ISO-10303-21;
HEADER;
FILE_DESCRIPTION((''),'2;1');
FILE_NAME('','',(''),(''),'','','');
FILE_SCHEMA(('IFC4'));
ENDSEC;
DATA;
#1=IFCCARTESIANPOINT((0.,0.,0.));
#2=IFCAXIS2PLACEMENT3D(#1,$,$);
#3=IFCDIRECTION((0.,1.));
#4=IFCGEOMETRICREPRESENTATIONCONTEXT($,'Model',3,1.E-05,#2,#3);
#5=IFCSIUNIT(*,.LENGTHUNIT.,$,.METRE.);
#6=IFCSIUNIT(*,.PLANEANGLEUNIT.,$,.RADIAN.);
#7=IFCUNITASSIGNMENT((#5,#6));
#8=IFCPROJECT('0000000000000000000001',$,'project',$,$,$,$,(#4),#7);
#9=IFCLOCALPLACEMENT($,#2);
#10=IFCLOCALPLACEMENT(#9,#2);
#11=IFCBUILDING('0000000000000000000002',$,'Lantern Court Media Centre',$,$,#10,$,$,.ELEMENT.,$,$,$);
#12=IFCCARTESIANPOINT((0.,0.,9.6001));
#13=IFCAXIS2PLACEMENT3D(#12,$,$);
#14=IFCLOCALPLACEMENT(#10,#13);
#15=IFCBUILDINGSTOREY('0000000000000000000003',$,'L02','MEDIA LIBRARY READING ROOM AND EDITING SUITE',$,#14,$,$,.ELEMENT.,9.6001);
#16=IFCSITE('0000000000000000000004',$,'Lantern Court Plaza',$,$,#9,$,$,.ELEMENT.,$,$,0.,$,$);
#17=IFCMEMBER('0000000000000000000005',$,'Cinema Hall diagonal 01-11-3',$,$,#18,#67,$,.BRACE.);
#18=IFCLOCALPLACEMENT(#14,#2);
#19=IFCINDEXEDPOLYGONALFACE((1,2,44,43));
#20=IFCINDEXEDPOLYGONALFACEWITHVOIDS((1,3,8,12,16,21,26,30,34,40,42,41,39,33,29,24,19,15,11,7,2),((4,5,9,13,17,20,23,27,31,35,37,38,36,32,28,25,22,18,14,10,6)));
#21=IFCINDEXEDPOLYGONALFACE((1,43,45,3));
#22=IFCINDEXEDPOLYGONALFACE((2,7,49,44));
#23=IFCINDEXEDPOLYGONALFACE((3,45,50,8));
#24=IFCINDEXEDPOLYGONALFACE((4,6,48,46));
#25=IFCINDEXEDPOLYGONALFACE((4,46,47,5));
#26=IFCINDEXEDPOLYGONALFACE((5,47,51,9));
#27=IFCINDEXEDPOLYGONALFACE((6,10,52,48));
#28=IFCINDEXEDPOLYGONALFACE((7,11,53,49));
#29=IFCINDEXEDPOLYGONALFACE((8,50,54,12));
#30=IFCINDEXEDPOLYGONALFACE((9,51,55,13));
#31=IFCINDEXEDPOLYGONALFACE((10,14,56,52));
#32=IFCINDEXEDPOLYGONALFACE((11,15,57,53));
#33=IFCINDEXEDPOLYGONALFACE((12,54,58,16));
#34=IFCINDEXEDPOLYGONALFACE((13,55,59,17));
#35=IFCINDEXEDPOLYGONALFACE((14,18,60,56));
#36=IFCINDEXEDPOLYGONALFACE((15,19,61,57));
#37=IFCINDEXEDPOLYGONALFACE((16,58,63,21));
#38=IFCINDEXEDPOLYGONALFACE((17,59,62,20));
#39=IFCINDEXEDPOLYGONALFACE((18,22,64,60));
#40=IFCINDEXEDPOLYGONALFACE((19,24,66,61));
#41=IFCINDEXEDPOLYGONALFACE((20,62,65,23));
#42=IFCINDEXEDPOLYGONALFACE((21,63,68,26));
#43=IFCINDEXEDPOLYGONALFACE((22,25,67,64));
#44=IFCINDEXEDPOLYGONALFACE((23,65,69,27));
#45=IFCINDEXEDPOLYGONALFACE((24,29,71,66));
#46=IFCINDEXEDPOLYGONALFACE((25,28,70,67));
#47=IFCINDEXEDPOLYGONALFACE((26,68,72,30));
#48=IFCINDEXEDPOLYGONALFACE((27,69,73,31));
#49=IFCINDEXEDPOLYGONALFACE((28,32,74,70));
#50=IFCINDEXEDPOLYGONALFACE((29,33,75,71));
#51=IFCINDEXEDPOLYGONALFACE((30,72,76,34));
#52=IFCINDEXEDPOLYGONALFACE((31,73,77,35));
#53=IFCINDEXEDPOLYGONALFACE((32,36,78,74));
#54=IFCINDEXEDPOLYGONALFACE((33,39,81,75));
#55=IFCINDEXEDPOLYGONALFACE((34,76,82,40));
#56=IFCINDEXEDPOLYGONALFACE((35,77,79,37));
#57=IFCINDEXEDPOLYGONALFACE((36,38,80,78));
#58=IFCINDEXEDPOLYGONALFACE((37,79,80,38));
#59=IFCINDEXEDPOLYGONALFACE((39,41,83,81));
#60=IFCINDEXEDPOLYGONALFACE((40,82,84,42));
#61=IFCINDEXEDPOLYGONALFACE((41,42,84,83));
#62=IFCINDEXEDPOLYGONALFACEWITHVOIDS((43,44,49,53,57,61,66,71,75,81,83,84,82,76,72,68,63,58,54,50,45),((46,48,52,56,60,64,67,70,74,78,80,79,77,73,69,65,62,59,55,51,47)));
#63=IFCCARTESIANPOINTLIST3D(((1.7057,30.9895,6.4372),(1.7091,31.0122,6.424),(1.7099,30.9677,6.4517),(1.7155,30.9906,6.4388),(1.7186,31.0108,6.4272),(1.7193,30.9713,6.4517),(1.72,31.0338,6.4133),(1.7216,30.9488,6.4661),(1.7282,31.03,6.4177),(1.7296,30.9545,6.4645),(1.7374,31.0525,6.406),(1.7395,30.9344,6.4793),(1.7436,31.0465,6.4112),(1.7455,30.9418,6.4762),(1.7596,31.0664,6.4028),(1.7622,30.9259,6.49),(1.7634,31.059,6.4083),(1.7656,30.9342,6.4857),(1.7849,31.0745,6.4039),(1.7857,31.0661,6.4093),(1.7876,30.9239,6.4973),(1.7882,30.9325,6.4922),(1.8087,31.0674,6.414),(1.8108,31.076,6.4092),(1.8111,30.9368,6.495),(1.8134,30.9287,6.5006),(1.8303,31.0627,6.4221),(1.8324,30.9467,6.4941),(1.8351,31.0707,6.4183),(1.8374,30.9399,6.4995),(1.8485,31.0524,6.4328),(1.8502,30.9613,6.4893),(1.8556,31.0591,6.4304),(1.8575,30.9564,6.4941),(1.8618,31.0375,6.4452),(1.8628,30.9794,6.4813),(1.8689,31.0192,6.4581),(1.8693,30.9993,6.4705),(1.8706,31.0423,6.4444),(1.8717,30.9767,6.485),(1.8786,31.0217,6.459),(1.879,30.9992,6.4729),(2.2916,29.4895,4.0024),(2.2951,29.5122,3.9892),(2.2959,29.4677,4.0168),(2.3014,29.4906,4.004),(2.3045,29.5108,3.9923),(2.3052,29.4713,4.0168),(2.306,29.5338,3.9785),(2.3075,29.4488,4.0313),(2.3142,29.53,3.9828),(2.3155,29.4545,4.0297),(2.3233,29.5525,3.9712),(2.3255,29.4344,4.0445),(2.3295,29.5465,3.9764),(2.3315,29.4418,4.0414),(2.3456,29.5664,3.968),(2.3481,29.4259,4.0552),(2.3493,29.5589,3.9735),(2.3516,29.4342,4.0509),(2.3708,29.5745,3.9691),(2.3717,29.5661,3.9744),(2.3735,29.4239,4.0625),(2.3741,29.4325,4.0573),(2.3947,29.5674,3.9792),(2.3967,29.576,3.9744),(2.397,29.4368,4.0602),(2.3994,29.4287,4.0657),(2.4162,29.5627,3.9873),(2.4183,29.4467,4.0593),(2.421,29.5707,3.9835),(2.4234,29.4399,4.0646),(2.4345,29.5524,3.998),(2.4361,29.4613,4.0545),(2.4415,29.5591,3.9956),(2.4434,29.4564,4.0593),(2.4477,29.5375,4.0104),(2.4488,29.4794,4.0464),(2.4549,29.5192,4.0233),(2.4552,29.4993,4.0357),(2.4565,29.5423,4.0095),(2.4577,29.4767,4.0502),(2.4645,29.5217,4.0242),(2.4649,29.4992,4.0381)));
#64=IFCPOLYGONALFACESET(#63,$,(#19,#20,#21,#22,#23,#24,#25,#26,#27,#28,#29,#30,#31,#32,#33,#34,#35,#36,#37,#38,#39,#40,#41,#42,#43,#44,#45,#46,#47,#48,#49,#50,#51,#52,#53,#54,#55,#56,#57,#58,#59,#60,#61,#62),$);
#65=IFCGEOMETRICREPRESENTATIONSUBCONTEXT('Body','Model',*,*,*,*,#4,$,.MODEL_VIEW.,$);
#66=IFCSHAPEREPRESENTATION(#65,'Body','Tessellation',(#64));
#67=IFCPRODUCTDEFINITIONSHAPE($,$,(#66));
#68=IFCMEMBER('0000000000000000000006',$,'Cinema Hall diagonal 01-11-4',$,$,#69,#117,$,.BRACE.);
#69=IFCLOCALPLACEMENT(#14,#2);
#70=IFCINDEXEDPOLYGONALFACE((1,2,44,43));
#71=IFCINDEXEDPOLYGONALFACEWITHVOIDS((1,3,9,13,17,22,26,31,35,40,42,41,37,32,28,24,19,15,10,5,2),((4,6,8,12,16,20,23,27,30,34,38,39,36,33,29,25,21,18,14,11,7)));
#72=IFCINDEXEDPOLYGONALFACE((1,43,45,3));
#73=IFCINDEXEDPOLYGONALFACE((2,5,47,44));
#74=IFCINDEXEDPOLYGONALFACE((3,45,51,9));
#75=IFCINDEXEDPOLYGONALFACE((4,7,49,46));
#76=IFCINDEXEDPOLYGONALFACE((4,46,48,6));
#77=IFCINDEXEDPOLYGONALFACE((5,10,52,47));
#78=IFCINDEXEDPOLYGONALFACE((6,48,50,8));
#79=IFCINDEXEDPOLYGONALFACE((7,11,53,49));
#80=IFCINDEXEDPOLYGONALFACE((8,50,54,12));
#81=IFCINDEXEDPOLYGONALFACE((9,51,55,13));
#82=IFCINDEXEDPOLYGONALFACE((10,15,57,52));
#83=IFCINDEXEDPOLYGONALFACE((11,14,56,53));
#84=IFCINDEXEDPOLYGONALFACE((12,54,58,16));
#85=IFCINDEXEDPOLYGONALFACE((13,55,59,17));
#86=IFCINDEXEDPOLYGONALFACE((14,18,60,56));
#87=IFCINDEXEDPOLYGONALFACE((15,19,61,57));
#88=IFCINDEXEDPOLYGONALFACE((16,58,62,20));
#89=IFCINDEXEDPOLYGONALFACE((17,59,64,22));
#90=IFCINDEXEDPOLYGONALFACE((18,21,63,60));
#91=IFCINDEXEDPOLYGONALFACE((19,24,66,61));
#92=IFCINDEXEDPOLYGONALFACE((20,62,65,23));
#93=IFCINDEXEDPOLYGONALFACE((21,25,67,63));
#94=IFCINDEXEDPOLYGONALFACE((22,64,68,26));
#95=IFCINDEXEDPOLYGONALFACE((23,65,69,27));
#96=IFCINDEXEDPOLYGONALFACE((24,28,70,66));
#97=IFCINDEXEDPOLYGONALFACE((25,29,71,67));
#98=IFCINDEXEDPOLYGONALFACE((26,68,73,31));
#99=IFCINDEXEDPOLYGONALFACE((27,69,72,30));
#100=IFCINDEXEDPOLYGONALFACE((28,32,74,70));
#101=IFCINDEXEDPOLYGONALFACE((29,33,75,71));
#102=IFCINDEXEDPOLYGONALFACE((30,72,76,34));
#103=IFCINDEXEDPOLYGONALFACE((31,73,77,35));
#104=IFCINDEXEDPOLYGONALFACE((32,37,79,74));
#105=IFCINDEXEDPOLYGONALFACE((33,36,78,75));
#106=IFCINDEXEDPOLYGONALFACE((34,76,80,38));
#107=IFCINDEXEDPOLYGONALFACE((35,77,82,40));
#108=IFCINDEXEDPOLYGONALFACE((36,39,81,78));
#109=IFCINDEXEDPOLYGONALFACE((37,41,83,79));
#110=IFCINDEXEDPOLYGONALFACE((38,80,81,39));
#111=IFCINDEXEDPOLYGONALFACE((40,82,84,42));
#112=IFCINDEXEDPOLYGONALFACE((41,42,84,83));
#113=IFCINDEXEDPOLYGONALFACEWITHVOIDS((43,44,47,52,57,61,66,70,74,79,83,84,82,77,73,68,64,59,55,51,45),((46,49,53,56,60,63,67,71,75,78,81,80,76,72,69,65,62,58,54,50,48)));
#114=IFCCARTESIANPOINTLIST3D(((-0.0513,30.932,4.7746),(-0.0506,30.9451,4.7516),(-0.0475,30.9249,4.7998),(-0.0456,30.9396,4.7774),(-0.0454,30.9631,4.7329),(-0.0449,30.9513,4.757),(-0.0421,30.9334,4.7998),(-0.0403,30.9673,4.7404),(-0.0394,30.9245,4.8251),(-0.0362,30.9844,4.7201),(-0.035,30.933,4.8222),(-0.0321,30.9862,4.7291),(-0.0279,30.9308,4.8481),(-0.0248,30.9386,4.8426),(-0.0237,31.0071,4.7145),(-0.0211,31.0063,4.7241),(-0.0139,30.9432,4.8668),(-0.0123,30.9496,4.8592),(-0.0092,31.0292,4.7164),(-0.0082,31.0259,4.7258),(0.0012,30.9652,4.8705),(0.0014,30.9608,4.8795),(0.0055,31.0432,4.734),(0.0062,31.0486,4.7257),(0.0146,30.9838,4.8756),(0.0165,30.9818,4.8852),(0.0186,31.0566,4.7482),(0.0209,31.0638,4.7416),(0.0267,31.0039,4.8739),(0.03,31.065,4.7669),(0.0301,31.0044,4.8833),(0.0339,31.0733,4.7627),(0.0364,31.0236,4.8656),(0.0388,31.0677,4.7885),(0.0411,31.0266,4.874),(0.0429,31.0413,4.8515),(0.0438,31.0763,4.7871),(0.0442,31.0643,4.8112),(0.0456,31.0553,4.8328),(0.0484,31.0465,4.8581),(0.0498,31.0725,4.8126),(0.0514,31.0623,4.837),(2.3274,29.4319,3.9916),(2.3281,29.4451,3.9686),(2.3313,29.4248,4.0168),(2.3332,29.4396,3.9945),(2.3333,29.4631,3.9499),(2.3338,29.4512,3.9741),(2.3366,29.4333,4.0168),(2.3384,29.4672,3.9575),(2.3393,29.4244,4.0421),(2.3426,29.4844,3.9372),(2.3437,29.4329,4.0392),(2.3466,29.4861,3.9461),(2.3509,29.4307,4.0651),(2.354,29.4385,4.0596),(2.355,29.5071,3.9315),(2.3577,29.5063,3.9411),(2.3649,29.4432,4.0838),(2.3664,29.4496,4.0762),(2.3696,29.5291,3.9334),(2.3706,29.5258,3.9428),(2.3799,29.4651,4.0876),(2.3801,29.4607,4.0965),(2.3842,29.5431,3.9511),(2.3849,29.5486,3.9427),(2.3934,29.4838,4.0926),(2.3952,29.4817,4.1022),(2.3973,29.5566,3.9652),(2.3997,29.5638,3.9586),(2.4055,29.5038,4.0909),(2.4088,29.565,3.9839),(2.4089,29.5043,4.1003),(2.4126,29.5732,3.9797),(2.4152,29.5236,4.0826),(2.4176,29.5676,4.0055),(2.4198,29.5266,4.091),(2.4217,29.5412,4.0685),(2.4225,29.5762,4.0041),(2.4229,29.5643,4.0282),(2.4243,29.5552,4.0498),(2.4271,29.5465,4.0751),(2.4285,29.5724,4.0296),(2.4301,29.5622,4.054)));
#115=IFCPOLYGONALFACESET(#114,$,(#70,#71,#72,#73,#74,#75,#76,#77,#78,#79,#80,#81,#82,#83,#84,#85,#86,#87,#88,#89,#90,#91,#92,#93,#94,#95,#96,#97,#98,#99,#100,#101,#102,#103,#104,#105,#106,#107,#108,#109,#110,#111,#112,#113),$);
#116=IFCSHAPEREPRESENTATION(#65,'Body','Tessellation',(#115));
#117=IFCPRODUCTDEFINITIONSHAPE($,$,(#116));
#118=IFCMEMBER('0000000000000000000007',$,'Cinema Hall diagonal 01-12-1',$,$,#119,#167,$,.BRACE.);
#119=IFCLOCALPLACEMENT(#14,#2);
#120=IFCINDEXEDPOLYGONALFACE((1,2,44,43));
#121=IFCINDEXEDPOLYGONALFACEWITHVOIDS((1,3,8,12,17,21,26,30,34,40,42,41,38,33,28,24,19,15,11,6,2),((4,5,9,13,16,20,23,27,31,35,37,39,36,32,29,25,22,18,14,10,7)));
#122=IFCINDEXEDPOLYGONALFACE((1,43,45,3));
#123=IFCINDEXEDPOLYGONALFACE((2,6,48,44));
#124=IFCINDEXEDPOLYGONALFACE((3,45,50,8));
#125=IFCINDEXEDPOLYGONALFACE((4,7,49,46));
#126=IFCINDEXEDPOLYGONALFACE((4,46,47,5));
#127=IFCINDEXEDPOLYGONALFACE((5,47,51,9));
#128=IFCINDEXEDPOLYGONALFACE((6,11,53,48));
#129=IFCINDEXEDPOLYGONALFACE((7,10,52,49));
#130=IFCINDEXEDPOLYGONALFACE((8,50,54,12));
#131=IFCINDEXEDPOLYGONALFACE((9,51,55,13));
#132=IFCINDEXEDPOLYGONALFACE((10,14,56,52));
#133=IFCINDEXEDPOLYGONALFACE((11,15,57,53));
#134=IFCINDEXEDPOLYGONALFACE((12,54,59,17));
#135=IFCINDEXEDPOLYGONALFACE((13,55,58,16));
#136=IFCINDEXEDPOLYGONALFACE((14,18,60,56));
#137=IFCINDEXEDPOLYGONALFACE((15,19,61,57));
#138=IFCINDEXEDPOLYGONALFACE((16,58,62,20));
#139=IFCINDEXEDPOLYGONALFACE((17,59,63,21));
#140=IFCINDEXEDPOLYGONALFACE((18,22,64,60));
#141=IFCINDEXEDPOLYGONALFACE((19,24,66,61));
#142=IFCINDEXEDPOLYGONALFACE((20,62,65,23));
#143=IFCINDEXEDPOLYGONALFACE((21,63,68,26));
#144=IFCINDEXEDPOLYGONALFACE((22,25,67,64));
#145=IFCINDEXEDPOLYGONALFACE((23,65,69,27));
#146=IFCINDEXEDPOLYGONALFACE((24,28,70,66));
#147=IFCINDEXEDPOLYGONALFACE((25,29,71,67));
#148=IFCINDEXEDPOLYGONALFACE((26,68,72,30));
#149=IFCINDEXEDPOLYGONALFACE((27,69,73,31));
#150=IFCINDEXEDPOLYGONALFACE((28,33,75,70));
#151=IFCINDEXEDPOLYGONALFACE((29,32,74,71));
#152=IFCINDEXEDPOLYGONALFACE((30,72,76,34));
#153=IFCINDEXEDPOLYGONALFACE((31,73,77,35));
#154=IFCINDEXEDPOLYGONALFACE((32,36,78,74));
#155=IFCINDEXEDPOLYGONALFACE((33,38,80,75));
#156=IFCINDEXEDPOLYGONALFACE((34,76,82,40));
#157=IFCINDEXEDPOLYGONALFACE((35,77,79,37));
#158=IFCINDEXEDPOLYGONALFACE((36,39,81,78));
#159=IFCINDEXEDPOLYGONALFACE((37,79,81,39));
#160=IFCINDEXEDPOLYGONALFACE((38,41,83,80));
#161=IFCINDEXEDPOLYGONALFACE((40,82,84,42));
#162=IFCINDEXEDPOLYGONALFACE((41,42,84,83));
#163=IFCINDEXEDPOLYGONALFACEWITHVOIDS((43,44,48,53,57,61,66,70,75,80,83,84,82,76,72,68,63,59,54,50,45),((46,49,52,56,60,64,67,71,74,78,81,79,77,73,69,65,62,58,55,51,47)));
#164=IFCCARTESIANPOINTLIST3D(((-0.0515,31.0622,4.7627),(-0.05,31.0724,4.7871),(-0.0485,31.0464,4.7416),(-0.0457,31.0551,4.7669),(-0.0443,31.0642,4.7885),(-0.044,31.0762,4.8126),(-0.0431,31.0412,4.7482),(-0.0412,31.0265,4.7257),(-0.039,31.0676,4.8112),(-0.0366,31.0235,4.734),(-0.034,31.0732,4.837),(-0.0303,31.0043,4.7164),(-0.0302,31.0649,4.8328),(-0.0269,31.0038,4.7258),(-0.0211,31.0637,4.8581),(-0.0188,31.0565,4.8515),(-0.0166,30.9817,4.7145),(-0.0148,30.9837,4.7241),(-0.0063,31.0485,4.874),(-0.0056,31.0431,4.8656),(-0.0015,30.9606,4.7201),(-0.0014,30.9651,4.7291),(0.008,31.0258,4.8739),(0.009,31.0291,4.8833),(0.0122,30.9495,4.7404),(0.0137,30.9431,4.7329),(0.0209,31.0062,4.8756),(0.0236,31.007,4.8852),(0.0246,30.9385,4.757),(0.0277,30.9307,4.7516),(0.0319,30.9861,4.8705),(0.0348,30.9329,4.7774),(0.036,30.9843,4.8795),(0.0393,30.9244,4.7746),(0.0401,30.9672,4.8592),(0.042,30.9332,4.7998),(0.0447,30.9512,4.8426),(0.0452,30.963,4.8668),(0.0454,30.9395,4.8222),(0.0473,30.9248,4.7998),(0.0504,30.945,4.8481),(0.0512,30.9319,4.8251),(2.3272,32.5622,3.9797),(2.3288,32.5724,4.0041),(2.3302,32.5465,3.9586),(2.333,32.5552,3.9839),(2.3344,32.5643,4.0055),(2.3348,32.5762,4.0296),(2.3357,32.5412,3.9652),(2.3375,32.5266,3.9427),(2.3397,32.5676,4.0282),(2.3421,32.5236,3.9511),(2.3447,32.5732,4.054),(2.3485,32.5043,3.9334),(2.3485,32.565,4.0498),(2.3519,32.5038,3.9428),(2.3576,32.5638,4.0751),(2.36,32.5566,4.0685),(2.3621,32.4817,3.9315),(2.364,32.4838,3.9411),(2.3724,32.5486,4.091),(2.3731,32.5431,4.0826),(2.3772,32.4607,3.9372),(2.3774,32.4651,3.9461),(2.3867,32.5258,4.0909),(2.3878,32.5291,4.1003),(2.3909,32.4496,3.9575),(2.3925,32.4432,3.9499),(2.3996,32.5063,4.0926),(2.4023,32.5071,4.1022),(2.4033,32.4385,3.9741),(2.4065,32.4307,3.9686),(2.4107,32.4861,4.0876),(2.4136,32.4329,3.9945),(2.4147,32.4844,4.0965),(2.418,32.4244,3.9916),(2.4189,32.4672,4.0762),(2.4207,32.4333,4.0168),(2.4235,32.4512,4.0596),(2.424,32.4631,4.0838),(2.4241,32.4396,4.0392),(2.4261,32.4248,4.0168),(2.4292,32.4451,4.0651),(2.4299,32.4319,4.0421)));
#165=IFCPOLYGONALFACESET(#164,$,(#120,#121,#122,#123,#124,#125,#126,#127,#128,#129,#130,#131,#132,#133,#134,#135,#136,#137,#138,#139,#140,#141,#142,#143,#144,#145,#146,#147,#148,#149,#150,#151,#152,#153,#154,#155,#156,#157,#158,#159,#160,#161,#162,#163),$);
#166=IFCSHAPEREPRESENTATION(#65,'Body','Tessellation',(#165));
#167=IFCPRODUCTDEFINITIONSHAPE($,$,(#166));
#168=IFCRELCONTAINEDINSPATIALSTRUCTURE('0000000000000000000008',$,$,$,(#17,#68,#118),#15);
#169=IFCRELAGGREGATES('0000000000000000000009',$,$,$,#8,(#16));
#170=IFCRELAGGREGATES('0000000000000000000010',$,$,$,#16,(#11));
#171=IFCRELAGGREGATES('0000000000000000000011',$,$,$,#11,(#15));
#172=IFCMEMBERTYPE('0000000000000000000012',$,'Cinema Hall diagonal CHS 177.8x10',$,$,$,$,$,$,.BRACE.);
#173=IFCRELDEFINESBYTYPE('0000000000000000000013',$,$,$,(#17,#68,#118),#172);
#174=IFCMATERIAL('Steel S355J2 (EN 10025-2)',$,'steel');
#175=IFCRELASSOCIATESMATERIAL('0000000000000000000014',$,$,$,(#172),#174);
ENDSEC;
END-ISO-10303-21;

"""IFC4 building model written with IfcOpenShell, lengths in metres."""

from ifc_helpers import new_model, si_unit, direction, frame, origin, origin_2d, place, context, subcontext, project, spatial, hollow_circle, extrude, material, material_profile, profile_set, type_object, element, save


model = new_model("IFC4")

# Units and contexts
model_context = context("Model", 3, precision=1e-05, world=origin(), true_north=direction((0.0, 1.0)))
body_context = subcontext(model_context, "Body", "Model", "MODEL_VIEW")
ifc_project = project(units=[si_unit("LENGTHUNIT", "METRE"), si_unit("PLANEANGLEUNIT", "RADIAN")], contexts=[model_context])

# Site, building, storey
site_placement = place(None, origin())
site = spatial("IfcSite", under=ifc_project, at=site_placement, Name="Lantern Court Plaza", CompositionType="ELEMENT", RefElevation=0.0)
building_placement = place(site_placement, origin())
building = spatial("IfcBuilding", under=site, at=building_placement, Name="Lantern Court Media Centre", CompositionType="ELEMENT")
storey_placement = place(building_placement, frame((0.0, 0.0, 9.6001)))
storey = spatial("IfcBuildingStorey", under=building, at=storey_placement, Name="L02", Description="MEDIA LIBRARY READING ROOM AND EDITING SUITE", CompositionType="ELEMENT", Elevation=9.6001)

# Shared definitions
ifc_material_1 = material(Name="Steel S355J2 (EN 10025-2)", Category="steel")

# Members
ifc_material_profile_1 = material_profile(ifc_material_1, hollow_circle(Radius=0.0889, WallThickness=0.01, at=origin_2d()), Name="Cinema Hall diagonal CHS 177.8x10")
ifc_profile_set_1 = profile_set([ifc_material_profile_1], Name="Steel S355J2 (EN 10025-2)")
member_type_1 = type_object("IfcMemberType", Name="Cinema Hall diagonal CHS 177.8x10", PredefinedType="BRACE", material=ifc_profile_set_1)
for number, where, z_axis, x_axis, name in (
    (1, (2.3787, 29.5, 4.0168), (-0.20072, 0.513842, 0.834073), (-0.931457, -0.363851, 0.0), "Cinema Hall diagonal 01-11-3"),
    (2, (2.3787, 29.5, 4.0168), (-0.814866, 0.51386, 0.268221), (-0.533405, -0.84586, 0.0), "Cinema Hall diagonal 01-11-4"),
    (3, (2.3787, 32.5, 4.0168), (-0.814866, -0.51386, 0.268221), (0.533405, -0.84586, 0.0), "Cinema Hall diagonal 01-12-1"),
):
    element("IfcMember", number, at=place(storey_placement, frame(where, z_axis=z_axis, x_axis=x_axis)), inside=storey, type_object=member_type_1, Name=name, PredefinedType="BRACE", context=body_context, shape_type="SweptSolid", body=[
        extrude(hollow_circle(Radius=0.0889, WallThickness=0.01, at=origin_2d()), origin(), (0.0, 0.0, 1.0), 2.9192),
    ])

save(model, "model.ifc")
